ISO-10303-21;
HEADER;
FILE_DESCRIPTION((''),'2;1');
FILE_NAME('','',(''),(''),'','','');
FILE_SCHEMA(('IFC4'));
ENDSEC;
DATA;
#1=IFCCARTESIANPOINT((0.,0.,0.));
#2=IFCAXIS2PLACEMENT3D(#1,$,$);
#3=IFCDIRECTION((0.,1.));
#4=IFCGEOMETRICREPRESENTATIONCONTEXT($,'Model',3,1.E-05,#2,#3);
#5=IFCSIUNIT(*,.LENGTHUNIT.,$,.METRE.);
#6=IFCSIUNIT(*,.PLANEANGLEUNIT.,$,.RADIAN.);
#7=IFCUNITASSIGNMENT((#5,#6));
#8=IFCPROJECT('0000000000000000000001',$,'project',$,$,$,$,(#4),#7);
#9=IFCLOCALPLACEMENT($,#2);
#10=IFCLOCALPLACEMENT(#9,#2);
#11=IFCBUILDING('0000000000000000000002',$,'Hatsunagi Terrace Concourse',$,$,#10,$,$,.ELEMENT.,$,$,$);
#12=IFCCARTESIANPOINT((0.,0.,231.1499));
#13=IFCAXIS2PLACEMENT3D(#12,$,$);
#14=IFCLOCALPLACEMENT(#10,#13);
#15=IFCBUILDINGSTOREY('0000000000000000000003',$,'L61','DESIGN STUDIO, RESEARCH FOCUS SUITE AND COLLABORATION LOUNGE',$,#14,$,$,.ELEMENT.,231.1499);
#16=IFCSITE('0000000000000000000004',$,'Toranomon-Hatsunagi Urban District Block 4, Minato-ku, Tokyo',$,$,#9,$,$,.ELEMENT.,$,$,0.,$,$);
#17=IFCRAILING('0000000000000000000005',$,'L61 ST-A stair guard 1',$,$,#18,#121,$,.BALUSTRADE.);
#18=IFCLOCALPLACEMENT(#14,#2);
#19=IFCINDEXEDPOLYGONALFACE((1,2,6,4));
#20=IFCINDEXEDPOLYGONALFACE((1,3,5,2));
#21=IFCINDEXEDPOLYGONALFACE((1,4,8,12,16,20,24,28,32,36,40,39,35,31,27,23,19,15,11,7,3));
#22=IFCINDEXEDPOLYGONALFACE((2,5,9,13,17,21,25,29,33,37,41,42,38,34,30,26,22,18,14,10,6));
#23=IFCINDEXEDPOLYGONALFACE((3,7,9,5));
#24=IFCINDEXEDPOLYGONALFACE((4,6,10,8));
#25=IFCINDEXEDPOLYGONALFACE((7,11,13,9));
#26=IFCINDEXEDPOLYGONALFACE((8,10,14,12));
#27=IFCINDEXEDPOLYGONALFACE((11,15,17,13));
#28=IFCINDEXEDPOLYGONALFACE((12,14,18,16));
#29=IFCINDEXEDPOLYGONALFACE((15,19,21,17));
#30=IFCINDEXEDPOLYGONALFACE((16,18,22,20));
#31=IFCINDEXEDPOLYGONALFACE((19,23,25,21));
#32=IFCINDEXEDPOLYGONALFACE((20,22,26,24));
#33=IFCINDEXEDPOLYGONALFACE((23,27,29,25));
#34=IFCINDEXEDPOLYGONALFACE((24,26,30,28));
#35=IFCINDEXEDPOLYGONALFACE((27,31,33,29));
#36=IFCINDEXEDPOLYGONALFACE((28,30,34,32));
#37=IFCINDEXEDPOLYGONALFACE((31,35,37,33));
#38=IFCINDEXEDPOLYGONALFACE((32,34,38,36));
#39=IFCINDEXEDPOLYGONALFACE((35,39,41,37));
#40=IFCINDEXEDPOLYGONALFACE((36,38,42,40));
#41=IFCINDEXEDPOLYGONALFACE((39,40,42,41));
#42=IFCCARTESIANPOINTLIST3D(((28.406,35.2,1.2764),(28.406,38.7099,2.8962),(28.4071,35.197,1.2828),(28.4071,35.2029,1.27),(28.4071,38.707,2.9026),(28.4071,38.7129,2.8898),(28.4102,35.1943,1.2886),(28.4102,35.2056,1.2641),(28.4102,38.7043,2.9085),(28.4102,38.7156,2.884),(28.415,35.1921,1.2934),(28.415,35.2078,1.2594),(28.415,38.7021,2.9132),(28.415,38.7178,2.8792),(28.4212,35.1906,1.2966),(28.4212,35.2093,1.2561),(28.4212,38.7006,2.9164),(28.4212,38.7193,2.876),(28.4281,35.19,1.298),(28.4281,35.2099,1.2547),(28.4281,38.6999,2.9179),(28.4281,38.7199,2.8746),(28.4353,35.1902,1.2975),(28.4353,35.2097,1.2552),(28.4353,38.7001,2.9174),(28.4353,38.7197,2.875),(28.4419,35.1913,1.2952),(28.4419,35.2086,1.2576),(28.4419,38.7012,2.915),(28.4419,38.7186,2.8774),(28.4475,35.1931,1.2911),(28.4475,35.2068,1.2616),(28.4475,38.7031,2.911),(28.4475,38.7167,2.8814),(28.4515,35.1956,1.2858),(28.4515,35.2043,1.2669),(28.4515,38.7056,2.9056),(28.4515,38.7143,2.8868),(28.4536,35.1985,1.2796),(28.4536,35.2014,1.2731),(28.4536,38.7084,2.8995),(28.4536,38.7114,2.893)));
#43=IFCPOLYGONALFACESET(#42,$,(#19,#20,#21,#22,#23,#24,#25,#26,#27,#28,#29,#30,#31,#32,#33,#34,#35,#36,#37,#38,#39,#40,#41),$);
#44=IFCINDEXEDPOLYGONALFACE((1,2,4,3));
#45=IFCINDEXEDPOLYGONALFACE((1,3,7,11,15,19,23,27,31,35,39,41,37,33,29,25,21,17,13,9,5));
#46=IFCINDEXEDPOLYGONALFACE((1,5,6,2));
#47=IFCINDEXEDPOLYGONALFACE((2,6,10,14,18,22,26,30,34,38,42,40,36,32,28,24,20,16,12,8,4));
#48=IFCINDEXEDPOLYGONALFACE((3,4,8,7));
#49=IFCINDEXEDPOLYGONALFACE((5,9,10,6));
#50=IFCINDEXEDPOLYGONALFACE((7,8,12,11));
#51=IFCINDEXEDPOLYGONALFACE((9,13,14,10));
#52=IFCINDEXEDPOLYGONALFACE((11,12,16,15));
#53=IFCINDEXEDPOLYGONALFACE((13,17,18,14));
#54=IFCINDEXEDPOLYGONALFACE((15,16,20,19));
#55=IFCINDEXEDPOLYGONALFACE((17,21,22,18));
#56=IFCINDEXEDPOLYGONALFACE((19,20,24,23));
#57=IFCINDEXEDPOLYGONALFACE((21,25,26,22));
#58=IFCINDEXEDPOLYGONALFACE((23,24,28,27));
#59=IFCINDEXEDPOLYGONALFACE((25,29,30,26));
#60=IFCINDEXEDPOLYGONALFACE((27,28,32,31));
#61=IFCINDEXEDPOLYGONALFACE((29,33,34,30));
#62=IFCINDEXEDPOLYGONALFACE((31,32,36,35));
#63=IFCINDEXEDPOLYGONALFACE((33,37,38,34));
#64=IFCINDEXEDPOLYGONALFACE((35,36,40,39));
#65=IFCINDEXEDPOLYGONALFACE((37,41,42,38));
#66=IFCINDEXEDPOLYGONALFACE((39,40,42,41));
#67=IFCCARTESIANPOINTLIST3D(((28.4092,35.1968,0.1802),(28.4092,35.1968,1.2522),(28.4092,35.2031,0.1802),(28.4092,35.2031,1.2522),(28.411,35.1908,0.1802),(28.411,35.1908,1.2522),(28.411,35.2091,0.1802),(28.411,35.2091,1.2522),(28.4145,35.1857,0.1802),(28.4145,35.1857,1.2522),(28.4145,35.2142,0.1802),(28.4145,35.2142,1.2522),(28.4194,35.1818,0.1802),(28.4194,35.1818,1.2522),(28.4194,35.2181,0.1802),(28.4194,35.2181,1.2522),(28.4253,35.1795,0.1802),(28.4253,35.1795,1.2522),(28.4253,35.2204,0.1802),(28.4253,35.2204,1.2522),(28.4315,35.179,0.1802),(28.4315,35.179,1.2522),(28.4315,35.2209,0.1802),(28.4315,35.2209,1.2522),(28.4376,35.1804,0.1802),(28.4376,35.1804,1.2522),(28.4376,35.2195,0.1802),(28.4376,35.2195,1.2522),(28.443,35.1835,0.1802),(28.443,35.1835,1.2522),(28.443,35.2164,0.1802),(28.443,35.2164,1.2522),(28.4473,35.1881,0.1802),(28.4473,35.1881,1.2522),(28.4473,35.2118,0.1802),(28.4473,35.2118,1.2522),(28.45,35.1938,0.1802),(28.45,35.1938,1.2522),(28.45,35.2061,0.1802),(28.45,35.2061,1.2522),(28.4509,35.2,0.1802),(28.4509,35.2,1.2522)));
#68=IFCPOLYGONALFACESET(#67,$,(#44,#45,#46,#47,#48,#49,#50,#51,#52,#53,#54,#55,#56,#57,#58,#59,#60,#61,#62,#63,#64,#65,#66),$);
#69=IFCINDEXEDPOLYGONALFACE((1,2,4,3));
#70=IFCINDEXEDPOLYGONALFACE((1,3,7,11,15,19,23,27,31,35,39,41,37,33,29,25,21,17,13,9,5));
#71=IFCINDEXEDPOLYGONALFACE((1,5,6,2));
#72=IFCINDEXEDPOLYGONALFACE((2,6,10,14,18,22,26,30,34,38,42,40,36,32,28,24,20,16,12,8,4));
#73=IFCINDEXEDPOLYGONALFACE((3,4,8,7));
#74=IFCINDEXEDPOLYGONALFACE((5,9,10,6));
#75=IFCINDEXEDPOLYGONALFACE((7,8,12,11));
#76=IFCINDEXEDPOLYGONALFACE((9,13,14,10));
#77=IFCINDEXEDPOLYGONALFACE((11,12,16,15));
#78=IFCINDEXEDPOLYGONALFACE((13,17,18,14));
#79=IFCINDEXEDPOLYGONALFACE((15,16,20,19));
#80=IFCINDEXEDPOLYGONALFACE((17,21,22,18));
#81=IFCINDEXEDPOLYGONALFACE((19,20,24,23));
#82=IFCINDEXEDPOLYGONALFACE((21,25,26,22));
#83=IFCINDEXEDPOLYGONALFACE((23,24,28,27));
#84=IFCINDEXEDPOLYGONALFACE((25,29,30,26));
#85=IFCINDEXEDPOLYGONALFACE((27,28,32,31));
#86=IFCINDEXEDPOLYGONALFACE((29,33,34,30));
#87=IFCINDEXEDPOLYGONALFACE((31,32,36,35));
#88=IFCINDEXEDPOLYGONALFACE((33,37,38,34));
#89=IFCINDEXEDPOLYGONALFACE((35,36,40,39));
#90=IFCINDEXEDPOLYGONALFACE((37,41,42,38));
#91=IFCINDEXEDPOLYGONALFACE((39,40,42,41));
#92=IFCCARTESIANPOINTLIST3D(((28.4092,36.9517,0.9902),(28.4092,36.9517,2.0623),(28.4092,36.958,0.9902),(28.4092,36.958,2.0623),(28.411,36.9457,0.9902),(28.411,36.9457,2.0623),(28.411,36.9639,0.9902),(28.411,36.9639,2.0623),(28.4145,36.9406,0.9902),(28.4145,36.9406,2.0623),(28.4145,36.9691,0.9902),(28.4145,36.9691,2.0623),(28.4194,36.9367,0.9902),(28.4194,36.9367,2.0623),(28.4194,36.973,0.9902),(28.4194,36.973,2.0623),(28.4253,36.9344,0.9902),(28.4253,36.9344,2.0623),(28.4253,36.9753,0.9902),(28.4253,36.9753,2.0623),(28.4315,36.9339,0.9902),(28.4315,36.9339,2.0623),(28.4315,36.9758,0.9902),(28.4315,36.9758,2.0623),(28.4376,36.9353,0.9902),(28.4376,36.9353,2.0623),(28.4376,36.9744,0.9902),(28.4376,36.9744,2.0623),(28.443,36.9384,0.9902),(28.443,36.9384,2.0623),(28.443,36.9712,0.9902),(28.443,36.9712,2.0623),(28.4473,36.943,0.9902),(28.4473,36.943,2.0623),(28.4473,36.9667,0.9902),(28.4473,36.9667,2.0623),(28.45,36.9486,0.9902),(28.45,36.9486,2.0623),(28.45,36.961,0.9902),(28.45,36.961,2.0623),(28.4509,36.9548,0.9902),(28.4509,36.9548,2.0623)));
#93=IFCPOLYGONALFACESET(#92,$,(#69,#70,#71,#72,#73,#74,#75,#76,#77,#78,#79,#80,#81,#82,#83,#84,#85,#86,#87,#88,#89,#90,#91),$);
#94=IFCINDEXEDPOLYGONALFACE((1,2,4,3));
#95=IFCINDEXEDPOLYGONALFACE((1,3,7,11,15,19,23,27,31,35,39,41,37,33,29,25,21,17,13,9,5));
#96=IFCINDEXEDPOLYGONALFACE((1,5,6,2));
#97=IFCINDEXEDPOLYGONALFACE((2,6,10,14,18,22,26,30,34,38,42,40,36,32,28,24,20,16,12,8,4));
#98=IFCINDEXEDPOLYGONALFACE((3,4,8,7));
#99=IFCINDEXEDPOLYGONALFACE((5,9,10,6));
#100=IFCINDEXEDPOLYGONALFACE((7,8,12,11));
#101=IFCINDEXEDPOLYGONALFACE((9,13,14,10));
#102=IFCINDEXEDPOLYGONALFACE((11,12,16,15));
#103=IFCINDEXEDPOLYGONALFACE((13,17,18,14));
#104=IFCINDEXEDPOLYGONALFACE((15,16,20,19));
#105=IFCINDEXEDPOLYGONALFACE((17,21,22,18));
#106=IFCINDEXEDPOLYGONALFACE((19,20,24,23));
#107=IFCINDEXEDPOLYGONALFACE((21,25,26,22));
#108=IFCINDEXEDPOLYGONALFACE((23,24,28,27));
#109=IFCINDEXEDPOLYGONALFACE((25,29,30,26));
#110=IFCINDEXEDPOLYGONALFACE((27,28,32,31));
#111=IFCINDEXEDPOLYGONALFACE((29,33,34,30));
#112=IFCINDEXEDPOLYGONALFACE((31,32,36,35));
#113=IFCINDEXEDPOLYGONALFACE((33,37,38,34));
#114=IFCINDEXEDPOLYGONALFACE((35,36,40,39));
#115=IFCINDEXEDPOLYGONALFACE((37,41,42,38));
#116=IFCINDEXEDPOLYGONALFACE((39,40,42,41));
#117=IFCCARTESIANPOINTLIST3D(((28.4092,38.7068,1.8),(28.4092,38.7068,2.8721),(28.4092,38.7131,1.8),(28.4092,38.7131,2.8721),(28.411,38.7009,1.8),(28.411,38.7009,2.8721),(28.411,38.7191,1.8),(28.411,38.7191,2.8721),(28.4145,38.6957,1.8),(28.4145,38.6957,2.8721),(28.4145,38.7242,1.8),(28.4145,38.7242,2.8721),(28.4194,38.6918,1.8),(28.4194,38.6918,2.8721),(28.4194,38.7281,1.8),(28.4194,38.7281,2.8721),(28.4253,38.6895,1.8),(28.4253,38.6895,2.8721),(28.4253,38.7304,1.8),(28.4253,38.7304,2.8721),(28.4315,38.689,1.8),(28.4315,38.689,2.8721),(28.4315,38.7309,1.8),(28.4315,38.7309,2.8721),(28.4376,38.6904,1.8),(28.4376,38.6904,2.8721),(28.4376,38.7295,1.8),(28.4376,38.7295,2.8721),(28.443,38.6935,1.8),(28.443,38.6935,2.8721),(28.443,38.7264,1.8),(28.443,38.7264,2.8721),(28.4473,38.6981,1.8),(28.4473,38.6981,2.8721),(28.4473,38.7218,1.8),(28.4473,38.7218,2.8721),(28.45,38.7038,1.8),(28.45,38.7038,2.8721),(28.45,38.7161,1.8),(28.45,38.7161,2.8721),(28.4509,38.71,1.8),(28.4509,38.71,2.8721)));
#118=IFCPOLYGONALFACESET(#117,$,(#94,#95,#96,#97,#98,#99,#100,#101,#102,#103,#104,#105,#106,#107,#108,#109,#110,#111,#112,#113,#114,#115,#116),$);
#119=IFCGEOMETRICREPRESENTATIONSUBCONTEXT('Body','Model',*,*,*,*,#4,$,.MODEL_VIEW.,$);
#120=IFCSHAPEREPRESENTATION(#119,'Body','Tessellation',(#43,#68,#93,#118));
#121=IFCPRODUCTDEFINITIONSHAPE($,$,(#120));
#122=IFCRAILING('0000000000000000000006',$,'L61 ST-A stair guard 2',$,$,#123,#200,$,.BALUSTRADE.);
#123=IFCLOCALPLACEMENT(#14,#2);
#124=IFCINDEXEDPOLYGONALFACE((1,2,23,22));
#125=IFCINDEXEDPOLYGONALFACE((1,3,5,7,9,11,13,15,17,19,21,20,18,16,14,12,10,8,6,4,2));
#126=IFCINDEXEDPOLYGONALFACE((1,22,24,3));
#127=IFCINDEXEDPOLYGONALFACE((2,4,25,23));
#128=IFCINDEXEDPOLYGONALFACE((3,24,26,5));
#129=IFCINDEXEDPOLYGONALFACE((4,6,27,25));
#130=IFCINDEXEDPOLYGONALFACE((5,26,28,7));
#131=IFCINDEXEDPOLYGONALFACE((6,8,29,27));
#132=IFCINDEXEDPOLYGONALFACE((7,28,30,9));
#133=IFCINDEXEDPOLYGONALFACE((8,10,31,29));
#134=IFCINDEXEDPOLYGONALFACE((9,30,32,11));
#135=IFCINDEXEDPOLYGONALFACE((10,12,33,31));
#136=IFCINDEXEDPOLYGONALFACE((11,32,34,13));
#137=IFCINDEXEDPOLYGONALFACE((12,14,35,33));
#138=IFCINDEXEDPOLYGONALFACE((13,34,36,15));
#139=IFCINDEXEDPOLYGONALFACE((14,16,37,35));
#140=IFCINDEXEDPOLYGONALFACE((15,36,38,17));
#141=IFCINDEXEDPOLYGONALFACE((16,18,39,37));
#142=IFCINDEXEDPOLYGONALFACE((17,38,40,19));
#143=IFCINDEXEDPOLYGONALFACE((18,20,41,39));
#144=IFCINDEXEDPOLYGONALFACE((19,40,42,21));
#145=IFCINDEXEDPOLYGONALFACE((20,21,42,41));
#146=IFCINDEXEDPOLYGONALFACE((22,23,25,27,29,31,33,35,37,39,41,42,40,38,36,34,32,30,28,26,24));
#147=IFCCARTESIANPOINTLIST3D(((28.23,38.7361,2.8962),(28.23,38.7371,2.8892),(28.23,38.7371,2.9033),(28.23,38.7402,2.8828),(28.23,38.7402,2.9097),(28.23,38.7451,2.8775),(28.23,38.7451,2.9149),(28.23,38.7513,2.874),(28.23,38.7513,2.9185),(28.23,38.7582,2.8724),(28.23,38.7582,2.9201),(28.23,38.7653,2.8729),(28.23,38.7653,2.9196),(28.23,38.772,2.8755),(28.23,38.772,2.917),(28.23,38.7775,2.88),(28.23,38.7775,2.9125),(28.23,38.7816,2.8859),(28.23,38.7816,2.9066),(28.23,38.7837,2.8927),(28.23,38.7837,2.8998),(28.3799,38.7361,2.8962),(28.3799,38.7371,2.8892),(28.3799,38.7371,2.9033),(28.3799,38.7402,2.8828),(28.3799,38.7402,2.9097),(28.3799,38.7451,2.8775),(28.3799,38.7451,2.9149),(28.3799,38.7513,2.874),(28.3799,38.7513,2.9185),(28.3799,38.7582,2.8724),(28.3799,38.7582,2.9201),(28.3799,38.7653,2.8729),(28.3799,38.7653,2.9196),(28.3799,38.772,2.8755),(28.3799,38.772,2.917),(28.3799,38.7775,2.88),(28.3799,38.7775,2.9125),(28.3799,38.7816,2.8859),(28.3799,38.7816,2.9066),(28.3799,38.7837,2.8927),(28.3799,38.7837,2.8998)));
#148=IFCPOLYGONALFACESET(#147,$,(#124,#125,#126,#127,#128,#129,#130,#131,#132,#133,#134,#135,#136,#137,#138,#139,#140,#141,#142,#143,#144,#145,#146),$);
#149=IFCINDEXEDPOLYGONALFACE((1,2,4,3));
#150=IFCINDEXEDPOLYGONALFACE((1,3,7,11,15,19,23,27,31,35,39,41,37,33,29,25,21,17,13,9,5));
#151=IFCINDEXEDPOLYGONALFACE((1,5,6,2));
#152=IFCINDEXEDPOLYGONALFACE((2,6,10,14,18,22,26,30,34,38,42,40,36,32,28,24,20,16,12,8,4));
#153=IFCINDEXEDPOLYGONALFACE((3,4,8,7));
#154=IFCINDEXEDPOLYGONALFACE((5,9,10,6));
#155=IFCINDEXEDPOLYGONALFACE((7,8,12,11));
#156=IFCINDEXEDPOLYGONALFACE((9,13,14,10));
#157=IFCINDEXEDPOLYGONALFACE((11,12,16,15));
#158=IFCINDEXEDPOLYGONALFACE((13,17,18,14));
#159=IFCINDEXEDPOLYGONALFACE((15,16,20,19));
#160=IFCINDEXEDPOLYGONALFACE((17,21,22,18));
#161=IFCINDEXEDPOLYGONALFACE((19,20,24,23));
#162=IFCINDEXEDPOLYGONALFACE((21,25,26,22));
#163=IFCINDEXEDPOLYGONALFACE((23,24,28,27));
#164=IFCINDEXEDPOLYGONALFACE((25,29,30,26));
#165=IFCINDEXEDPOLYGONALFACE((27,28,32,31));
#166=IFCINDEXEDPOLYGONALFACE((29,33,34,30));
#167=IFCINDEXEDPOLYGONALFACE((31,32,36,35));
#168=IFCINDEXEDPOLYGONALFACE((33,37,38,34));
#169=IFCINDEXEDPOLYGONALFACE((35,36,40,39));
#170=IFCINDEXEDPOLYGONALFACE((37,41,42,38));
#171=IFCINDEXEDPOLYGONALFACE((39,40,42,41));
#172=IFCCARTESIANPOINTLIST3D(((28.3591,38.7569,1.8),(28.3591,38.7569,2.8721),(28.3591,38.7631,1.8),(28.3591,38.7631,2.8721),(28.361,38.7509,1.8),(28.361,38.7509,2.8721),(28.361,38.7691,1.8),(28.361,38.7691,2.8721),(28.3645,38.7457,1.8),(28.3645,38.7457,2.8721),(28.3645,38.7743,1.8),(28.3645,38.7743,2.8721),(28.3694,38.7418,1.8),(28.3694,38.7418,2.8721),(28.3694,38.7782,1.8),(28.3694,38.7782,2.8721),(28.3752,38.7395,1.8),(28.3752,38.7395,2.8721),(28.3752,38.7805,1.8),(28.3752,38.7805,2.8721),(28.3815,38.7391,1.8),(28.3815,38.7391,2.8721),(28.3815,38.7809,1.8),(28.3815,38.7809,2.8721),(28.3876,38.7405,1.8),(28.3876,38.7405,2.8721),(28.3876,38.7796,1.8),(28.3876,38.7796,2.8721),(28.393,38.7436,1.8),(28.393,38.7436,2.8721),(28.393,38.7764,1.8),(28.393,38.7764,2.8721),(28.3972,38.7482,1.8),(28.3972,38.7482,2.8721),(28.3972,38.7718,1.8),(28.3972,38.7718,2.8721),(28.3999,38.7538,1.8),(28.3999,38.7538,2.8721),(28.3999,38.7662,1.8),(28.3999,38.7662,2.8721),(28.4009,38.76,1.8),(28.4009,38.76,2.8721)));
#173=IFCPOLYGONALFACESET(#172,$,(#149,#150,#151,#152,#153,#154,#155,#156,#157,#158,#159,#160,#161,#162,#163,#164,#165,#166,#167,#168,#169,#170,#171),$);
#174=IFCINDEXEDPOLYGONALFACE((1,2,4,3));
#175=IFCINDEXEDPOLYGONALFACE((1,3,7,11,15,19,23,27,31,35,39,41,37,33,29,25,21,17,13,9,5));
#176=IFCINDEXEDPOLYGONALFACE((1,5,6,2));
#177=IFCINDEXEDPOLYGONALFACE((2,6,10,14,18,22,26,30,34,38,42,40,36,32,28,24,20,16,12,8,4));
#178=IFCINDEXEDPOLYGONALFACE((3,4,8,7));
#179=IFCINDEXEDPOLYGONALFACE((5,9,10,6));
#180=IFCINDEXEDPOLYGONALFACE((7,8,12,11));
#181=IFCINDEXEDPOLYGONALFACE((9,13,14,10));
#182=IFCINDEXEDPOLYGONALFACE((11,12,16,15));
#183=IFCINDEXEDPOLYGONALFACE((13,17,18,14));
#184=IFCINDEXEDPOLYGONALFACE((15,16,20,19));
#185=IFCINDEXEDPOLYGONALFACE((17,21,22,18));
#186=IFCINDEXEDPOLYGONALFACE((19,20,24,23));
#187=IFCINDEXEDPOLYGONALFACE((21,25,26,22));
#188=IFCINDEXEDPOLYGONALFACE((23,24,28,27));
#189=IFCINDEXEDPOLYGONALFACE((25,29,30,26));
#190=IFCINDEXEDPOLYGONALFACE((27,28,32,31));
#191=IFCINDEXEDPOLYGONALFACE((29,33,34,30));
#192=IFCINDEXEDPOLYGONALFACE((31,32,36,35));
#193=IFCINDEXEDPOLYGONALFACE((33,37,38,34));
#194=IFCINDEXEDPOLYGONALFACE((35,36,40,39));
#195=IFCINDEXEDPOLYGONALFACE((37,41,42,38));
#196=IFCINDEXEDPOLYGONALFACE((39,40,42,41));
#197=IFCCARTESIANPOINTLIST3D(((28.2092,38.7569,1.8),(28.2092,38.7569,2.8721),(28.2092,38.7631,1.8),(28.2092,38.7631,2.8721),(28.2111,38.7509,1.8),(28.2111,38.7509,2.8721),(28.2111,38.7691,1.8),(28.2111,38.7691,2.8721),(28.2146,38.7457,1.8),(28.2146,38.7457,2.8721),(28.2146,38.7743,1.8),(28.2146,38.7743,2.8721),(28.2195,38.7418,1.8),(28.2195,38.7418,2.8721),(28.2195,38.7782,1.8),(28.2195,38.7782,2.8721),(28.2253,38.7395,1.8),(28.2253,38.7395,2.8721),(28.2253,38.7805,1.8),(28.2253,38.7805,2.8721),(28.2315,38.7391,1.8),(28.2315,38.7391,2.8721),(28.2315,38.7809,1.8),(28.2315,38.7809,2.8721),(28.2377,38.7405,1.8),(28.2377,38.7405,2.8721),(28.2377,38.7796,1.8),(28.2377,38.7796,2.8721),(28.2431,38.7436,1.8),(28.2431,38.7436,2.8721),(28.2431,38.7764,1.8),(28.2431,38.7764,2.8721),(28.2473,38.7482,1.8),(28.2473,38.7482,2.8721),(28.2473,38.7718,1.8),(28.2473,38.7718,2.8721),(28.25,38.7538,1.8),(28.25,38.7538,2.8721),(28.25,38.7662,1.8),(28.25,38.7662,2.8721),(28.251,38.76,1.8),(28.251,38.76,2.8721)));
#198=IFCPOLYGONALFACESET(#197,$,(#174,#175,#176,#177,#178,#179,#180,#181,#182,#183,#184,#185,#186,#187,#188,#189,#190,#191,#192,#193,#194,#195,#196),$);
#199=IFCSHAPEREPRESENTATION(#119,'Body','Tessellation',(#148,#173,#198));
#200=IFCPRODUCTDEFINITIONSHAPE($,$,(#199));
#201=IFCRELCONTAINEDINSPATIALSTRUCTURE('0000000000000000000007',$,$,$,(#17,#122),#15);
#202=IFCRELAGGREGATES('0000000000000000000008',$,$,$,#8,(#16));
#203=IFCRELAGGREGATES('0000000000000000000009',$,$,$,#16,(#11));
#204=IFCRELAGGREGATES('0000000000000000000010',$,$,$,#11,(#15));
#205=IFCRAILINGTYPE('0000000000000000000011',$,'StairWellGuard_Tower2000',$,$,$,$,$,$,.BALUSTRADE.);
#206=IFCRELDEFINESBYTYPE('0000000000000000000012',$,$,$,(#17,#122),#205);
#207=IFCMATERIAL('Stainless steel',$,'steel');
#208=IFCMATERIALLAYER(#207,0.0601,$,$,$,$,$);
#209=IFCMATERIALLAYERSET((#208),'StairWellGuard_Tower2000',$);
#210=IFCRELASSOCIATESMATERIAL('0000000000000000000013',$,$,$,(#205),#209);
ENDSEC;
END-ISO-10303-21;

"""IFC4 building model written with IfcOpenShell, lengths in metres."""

from ifc_helpers import new_model, si_unit, direction, frame, origin, origin_2d, place, context, subcontext, project, spatial, circle, extrude, material, layer, layer_set, type_object, element, save


model = new_model("IFC4")

# Units and contexts
model_context = context("Model", 3, precision=1e-05, world=origin(), true_north=direction((0.0, 1.0)))
body_context = subcontext(model_context, "Body", "Model", "MODEL_VIEW")
ifc_project = project(units=[si_unit("LENGTHUNIT", "METRE"), si_unit("PLANEANGLEUNIT", "RADIAN")], contexts=[model_context])

# Site, building, storey
site_placement = place(None, origin())
site = spatial("IfcSite", under=ifc_project, at=site_placement, Name="Toranomon-Hatsunagi Urban District Block 4, Minato-ku, Tokyo", CompositionType="ELEMENT", RefElevation=0.0)
building_placement = place(site_placement, origin())
building = spatial("IfcBuilding", under=site, at=building_placement, Name="Hatsunagi Terrace Concourse", CompositionType="ELEMENT")
storey_placement = place(building_placement, frame((0.0, 0.0, 231.1499)))
storey = spatial("IfcBuildingStorey", under=building, at=storey_placement, Name="L61", Description="DESIGN STUDIO, RESEARCH FOCUS SUITE AND COLLABORATION LOUNGE", CompositionType="ELEMENT", Elevation=231.1499)

# Railings
ifc_material_1 = material(Name="Stainless steel", Category="steel")
ifc_layer_1 = layer(ifc_material_1, 0.0601)
ifc_layer_set_1 = layer_set([ifc_layer_1], Name="StairWellGuard_Tower2000")
railing_type_1 = type_object("IfcRailingType", Name="StairWellGuard_Tower2000", PredefinedType="BALUSTRADE", material=ifc_layer_set_1)
railing_1_placement = place(storey_placement, frame((28.4299, 35.2, 0.1802)))
element("IfcRailing", 1, at=railing_1_placement, inside=storey, type_object=railing_type_1, Name="L61 ST-A stair guard 1", PredefinedType="BALUSTRADE", context=body_context, shape_type="SweptSolid", body=[
    extrude(circle(Radius=0.0239, at=origin_2d()), frame((0.0, 0.0, 1.0962), z_axis=(0.0, 0.907972, 0.41903), x_axis=(-1.0, 0.0, 0.0)), (0.0, 0.0, 1.0), 3.8657),
    extrude(circle(Radius=0.021, at=origin_2d()), origin(), (0.0, 0.0, 1.0), 1.072),
    extrude(circle(Radius=0.021, at=origin_2d()), frame((0.0, 1.7549, 0.8101)), (0.0, 0.0, 1.0), 1.072),
    extrude(circle(Radius=0.021, at=origin_2d()), frame((0.0, 3.51, 1.6199)), (0.0, 0.0, 1.0), 1.072),
])
railing_2_placement = place(storey_placement, frame((28.3799, 38.76, 1.8)))
element("IfcRailing", 2, at=railing_2_placement, inside=storey, type_object=railing_type_1, Name="L61 ST-A stair guard 2", PredefinedType="BALUSTRADE", context=body_context, shape_type="SweptSolid", body=[
    extrude(circle(Radius=0.0239, at=origin_2d()), frame((0.0, 0.0, 1.0962), z_axis=(-1.0, 0.0, 0.0), x_axis=(0.0, -1.0, 0.0)), (0.0, 0.0, 1.0), 0.1499),
    extrude(circle(Radius=0.021, at=origin_2d()), origin(), (0.0, 0.0, 1.0), 1.072),
    extrude(circle(Radius=0.021, at=origin_2d()), frame((-0.1499, 0.0, 0.0)), (0.0, 0.0, 1.0), 1.072),
])

save(model, "model.ifc")
